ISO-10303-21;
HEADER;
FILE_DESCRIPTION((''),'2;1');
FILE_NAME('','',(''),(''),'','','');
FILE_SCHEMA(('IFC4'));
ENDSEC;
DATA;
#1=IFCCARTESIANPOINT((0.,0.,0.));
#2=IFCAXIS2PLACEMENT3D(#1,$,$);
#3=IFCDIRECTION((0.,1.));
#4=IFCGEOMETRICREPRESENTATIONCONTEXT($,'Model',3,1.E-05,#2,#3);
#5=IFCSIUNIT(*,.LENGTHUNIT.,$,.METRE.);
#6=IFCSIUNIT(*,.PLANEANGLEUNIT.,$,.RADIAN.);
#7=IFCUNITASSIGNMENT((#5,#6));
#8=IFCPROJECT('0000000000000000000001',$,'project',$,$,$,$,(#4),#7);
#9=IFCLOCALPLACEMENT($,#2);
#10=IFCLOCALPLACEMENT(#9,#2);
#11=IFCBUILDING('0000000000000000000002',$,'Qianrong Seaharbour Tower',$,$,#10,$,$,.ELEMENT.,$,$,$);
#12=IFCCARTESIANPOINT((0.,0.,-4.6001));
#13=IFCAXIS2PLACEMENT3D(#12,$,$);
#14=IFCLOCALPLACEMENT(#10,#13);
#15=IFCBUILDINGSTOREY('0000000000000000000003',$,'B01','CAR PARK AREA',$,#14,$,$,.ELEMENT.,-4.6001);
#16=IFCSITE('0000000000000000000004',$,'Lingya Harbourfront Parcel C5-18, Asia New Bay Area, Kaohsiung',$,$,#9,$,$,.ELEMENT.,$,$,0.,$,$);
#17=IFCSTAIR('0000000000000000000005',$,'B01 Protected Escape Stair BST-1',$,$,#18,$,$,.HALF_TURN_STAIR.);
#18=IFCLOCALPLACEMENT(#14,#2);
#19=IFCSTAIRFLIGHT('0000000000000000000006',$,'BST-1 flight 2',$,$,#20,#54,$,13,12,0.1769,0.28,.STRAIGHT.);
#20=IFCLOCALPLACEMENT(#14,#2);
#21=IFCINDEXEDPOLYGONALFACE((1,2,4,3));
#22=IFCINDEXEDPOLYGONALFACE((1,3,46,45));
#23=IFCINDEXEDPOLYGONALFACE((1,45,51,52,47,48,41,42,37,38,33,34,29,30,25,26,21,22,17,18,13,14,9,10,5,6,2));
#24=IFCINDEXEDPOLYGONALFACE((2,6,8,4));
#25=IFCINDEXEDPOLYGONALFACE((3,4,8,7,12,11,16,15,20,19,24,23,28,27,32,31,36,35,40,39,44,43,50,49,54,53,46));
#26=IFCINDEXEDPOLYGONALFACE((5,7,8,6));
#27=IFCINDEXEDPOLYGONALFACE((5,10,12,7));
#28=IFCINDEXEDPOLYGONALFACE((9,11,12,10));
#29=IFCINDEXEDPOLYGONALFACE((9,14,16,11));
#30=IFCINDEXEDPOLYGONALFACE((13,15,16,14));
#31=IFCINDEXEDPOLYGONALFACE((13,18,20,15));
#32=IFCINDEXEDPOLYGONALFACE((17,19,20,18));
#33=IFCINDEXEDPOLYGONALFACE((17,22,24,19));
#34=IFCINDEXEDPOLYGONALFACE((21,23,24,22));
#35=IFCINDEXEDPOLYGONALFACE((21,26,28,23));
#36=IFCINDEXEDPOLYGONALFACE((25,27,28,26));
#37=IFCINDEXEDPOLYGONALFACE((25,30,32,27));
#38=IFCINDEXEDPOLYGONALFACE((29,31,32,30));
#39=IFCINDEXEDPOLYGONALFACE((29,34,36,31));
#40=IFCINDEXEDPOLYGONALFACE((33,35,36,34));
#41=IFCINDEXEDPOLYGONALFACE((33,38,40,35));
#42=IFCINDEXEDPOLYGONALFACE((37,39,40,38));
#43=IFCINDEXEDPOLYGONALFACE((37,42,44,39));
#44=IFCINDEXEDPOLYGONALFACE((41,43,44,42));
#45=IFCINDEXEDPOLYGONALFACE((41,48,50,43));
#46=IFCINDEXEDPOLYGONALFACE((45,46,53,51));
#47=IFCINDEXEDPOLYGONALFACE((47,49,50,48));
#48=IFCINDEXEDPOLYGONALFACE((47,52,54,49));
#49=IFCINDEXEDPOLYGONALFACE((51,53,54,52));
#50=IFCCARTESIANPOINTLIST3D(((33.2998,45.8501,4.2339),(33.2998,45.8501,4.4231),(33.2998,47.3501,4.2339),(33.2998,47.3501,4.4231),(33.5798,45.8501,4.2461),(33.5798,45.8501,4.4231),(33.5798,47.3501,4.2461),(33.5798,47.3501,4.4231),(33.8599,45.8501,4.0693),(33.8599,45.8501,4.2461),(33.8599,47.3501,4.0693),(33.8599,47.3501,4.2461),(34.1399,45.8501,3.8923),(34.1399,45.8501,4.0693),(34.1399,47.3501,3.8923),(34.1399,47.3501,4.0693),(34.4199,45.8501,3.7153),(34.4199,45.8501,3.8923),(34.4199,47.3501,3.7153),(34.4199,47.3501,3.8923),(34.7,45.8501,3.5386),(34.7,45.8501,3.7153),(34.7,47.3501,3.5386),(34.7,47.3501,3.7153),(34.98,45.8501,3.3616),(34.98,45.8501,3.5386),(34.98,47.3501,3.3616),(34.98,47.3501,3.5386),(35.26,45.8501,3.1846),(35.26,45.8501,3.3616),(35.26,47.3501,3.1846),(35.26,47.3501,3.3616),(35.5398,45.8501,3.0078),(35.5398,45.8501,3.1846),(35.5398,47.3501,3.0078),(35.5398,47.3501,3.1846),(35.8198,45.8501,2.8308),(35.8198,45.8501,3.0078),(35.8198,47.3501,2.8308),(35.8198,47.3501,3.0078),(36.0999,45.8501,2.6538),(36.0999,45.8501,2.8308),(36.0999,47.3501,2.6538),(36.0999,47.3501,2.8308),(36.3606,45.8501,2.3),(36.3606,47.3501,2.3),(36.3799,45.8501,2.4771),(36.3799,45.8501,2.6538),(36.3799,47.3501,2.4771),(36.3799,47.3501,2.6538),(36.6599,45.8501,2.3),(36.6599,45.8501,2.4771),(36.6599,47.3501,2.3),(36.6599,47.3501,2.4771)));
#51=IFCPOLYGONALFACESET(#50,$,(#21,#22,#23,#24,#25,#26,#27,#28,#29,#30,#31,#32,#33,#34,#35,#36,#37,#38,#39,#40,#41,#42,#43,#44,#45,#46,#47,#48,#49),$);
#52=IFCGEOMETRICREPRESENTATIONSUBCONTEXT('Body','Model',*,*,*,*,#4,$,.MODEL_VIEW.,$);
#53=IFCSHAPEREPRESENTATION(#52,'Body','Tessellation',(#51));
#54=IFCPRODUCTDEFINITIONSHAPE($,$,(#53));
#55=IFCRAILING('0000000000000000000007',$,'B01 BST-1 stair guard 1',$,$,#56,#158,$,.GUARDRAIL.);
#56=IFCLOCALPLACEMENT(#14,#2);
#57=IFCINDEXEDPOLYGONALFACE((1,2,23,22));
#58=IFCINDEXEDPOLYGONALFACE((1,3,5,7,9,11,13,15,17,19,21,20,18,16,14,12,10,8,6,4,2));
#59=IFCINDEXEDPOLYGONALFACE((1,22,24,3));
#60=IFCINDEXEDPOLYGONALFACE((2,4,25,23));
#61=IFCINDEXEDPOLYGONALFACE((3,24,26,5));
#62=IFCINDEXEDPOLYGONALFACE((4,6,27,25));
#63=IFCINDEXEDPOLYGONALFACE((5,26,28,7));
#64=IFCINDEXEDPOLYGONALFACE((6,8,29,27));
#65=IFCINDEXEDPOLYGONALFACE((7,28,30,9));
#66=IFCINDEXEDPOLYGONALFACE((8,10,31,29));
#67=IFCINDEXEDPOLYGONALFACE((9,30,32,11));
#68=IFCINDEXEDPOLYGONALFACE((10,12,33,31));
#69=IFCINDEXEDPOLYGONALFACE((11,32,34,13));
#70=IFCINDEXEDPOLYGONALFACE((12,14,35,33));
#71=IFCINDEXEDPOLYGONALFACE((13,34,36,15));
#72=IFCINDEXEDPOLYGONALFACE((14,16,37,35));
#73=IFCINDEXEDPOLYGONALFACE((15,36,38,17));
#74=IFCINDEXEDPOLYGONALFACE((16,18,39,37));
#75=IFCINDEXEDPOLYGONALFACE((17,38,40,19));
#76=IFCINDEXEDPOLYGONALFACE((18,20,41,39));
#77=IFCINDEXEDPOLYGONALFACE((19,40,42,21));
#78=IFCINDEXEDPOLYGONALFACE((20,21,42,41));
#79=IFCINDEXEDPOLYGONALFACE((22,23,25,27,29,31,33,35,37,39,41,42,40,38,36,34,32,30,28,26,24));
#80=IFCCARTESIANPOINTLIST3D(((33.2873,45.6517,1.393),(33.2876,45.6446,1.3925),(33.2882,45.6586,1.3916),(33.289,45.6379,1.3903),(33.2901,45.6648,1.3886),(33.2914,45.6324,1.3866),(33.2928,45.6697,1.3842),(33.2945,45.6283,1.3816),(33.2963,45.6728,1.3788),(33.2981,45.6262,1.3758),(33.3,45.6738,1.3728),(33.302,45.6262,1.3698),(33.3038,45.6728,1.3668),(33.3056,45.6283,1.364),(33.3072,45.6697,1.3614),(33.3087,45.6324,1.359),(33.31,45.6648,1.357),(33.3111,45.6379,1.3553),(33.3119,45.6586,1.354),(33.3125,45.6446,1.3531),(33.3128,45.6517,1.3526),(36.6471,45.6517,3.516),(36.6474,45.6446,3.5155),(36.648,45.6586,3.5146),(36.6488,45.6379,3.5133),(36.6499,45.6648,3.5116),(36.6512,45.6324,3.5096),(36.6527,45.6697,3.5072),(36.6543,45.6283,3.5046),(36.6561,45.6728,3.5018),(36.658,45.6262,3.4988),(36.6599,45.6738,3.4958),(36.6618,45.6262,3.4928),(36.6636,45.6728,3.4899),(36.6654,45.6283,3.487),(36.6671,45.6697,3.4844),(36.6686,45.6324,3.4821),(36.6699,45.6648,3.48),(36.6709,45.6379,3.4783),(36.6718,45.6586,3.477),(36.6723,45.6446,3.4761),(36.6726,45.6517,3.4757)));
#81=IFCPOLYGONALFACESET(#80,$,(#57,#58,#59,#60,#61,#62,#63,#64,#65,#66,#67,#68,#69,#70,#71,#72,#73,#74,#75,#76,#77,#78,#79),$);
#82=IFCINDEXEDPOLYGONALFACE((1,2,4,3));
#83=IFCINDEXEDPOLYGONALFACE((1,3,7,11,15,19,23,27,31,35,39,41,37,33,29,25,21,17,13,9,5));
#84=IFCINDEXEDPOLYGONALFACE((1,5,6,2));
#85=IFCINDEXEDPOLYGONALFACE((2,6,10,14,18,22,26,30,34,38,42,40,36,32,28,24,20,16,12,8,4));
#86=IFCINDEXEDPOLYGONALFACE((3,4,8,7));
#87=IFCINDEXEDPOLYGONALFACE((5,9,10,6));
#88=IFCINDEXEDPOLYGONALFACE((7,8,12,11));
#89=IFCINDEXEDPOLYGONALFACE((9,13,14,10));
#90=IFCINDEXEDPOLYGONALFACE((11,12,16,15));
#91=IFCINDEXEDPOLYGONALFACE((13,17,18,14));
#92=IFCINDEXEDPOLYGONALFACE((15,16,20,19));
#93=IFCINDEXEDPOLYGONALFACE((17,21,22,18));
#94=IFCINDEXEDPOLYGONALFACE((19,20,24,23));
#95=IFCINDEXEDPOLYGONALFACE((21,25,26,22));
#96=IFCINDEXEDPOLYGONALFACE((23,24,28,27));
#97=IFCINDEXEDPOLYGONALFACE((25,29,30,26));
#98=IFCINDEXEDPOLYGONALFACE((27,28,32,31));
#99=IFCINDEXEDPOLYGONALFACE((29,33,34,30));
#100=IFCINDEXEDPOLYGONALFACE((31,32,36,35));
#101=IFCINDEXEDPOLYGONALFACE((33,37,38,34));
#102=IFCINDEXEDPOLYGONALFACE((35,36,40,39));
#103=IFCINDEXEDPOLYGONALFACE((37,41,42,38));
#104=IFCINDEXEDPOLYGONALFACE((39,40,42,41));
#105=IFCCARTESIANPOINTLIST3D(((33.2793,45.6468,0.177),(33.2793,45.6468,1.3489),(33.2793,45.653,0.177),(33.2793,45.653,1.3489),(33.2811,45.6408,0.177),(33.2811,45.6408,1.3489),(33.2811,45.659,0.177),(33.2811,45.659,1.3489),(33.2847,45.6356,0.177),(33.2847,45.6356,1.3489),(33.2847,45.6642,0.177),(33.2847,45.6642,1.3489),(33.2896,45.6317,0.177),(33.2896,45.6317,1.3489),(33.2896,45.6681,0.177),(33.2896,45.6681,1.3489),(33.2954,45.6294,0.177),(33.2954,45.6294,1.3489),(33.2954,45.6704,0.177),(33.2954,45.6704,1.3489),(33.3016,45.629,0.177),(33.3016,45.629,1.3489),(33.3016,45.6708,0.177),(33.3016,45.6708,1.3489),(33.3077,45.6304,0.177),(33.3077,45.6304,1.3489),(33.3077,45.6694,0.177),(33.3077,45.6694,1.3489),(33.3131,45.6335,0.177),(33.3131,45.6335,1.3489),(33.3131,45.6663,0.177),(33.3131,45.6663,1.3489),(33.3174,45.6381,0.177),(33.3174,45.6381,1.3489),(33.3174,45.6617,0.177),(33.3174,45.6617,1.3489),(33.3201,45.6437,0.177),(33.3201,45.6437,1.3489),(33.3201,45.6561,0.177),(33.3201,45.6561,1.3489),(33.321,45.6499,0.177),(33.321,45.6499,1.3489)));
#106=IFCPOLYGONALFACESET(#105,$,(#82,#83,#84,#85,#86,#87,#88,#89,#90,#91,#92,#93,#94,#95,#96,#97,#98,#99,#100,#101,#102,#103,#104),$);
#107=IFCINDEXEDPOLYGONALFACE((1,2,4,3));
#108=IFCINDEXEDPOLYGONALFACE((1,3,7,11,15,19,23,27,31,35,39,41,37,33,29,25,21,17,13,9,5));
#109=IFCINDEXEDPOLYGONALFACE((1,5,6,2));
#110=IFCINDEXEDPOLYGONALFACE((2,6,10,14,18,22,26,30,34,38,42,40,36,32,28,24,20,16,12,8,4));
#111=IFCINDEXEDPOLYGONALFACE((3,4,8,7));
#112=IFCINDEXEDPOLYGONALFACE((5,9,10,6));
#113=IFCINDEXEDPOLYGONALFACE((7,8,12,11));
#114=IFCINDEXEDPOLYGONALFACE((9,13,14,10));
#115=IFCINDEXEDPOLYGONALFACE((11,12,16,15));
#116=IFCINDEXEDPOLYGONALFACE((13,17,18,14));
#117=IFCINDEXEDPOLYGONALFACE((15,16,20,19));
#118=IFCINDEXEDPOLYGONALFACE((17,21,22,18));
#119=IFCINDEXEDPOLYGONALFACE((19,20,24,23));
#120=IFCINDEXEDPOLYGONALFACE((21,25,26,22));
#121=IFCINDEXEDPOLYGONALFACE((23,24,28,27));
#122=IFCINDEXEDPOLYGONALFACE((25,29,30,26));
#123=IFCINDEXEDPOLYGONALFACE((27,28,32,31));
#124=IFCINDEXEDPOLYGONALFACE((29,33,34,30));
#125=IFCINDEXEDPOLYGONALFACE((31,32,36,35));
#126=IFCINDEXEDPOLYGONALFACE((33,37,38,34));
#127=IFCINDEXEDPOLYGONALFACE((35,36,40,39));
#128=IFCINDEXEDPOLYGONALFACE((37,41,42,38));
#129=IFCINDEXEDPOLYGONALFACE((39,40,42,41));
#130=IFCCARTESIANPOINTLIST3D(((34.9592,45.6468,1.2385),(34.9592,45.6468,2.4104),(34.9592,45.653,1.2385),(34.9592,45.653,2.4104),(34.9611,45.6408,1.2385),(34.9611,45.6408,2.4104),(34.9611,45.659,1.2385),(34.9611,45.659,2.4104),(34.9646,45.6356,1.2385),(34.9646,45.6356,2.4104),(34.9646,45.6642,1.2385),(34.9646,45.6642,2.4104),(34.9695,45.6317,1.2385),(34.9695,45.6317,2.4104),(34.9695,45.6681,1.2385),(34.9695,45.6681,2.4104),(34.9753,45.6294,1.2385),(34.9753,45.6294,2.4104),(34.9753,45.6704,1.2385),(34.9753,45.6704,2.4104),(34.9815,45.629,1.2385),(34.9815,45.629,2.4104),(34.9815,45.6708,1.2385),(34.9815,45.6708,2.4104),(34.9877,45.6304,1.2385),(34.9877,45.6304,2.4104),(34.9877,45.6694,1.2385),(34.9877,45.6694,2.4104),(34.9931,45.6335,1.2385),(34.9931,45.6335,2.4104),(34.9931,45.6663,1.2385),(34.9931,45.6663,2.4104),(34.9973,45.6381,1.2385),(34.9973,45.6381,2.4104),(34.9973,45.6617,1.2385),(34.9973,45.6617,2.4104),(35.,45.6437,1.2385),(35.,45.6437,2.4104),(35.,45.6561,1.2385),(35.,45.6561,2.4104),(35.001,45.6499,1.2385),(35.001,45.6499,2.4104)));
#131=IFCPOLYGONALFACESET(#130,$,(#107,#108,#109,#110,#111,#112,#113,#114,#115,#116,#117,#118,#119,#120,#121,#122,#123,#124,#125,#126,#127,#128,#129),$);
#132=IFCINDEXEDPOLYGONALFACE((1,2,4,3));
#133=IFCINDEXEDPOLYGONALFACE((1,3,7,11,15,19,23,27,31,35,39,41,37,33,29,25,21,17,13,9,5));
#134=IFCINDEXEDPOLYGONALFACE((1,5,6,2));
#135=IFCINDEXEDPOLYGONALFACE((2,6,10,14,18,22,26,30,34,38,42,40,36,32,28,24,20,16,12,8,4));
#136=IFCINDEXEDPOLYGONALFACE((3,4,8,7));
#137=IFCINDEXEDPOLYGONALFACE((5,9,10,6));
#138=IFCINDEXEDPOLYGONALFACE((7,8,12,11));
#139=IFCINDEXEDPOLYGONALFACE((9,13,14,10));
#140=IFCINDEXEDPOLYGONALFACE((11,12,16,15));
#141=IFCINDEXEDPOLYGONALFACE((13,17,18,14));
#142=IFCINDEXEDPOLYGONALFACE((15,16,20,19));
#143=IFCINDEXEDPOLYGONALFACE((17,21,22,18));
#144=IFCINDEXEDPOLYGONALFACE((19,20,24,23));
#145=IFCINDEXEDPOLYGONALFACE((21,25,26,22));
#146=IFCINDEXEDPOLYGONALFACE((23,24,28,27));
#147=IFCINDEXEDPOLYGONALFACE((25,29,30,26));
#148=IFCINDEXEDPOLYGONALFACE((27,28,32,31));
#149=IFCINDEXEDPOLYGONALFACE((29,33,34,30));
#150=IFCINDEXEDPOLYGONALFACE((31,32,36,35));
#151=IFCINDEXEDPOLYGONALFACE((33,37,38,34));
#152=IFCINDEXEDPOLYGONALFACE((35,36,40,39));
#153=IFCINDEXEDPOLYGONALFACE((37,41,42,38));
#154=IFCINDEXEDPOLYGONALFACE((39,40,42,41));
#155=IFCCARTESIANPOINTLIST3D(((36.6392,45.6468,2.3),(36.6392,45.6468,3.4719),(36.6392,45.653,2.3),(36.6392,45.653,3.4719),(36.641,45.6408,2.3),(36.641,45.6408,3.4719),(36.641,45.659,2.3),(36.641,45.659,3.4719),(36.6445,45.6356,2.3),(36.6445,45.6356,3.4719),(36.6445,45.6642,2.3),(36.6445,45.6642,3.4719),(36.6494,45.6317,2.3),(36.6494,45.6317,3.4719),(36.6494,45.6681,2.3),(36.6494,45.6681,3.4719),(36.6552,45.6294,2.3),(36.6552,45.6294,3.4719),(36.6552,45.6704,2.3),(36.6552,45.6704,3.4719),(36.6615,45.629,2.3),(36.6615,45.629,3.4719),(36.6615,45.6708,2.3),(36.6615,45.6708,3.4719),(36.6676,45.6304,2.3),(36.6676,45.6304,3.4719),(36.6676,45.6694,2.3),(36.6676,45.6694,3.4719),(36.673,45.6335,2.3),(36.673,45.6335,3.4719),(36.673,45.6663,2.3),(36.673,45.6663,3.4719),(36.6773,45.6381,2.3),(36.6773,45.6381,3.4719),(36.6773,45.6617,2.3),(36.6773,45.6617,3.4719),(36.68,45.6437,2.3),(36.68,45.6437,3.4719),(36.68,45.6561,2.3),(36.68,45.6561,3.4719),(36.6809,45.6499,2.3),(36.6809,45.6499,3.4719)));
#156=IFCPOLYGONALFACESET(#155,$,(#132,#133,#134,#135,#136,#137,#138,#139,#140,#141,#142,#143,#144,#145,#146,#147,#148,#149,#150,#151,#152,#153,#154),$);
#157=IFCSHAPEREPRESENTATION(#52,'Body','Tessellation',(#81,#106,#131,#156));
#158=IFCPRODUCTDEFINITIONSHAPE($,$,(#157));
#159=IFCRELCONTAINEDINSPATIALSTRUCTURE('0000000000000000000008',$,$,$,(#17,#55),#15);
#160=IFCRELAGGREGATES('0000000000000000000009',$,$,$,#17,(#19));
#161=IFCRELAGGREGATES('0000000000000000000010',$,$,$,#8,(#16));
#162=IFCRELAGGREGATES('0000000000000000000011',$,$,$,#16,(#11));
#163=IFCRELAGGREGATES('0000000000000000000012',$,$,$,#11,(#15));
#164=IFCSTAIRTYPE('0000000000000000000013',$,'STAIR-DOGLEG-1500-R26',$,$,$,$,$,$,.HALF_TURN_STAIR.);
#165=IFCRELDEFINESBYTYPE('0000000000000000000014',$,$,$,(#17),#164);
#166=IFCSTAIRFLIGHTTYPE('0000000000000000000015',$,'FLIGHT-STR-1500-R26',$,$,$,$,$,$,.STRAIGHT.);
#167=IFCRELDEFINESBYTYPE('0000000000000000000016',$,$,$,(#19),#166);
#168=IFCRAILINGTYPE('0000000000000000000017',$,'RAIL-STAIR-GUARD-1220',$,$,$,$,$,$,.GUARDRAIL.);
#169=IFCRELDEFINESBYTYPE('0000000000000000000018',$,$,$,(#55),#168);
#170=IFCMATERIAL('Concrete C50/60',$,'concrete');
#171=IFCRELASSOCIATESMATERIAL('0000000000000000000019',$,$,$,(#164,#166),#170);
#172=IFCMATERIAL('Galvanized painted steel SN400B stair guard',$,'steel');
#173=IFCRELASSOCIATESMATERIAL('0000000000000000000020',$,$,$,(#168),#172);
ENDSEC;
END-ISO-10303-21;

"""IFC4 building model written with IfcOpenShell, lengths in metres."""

from ifc_helpers import new_model, si_unit, direction, frame, origin, origin_2d, place, context, subcontext, project, spatial, polyline, circle, outline, extrude, material, type_object, element, aggregate, save


model = new_model("IFC4")

# Units and contexts
model_context = context("Model", 3, precision=1e-05, world=origin(), true_north=direction((0.0, 1.0)))
body_context = subcontext(model_context, "Body", "Model", "MODEL_VIEW")
ifc_project = project(units=[si_unit("LENGTHUNIT", "METRE"), si_unit("PLANEANGLEUNIT", "RADIAN")], contexts=[model_context])

# Site, building, storey
site_placement = place(None, origin())
site = spatial("IfcSite", under=ifc_project, at=site_placement, Name="Lingya Harbourfront Parcel C5-18, Asia New Bay Area, Kaohsiung", CompositionType="ELEMENT", RefElevation=0.0)
building_placement = place(site_placement, origin())
building = spatial("IfcBuilding", under=site, at=building_placement, Name="Qianrong Seaharbour Tower", CompositionType="ELEMENT")
storey_placement = place(building_placement, frame((0.0, 0.0, -4.6001)))
storey = spatial("IfcBuildingStorey", under=building, at=storey_placement, Name="B01", Description="CAR PARK AREA", CompositionType="ELEMENT", Elevation=-4.6001)

# Shared definitions
ifc_material_1 = material(Name="Concrete C50/60", Category="concrete")

# Stair, stair flight
stair_type = type_object("IfcStairType", Name="STAIR-DOGLEG-1500-R26", PredefinedType="HALF_TURN_STAIR", material=ifc_material_1)
stair_placement = place(storey_placement, origin())
stair = element("IfcStair", 1, at=stair_placement, inside=storey, type_object=stair_type, Name="B01 Protected Escape Stair BST-1", PredefinedType="HALF_TURN_STAIR")
stair_flight_type = type_object("IfcStairFlightType", Name="FLIGHT-STR-1500-R26", PredefinedType="STRAIGHT", material=ifc_material_1)
stair_flight_1_placement = place(storey_placement, frame((36.6599, 46.6001, 2.3), z_axis=(0.0, 0.0, 1.0), x_axis=(-1.0, 0.0, 0.0)))
stair_flight_1 = element("IfcStairFlight", 2, at=stair_flight_1_placement, type_object=stair_flight_type, Name="BST-1 flight 2", NumberOfRisers=13, NumberOfTreads=12, PredefinedType="STRAIGHT", RiserHeight=0.1769, TreadLength=0.28, context=body_context, shape_type="SweptSolid", body=[
    extrude(outline(polyline([(0.0, 0.0), (0.0, 0.177), (0.28, 0.177), (0.28, 0.3538), (0.5601, 0.3538), (0.5601, 0.5308), (0.8401, 0.5308), (0.8401, 0.7078), (1.1201, 0.7078), (1.1201, 0.8845), (1.3999, 0.8845), (1.3999, 1.0615), (1.6799, 1.0615), (1.6799, 1.2385), (1.96, 1.2385), (1.96, 1.4153), (2.24, 1.4153), (2.24, 1.5923), (2.52, 1.5923), (2.52, 1.7693), (2.8, 1.7693), (2.8, 1.946), (3.0801, 1.946), (3.0801, 2.123), (3.3601, 2.123), (3.3601, 2.3), (3.3601, 1.9338), (0.2993, 0.0), (0.0, 0.0)])), frame((0.0, 0.75, 0.0), z_axis=(0.0, -1.0, 0.0), x_axis=(1.0, 0.0, 0.0)), (0.0, 0.0, 1.0), 1.5),
])
aggregate(stair, [stair_flight_1])

# Railing
ifc_material_2 = material(Name="Galvanized painted steel SN400B stair guard", Category="steel")
railing_type_1 = type_object("IfcRailingType", Name="RAIL-STAIR-GUARD-1220", PredefinedType="GUARDRAIL", material=ifc_material_2)
railing_1_placement = place(storey_placement, frame((33.3, 45.6499, 0.177)))
element("IfcRailing", 3, at=railing_1_placement, inside=storey, type_object=railing_type_1, Name="B01 BST-1 stair guard 1", PredefinedType="GUARDRAIL", context=body_context, shape_type="SweptSolid", body=[
    extrude(circle(Radius=0.0239, at=origin_2d()), frame((0.0, 0.0, 1.1958), z_axis=(0.845372, 0.0, 0.534178), x_axis=(0.0, 1.0, 0.0)), (0.0, 0.0, 1.0), 3.9744),
    extrude(circle(Radius=0.021, at=origin_2d()), origin(), (0.0, 0.0, 1.0), 1.1719),
    extrude(circle(Radius=0.021, at=origin_2d()), frame((1.6799, 0.0, 1.0615)), (0.0, 0.0, 1.0), 1.1719),
    extrude(circle(Radius=0.021, at=origin_2d()), frame((3.3599, 0.0, 2.123)), (0.0, 0.0, 1.0), 1.1719),
])

save(model, "model.ifc")
